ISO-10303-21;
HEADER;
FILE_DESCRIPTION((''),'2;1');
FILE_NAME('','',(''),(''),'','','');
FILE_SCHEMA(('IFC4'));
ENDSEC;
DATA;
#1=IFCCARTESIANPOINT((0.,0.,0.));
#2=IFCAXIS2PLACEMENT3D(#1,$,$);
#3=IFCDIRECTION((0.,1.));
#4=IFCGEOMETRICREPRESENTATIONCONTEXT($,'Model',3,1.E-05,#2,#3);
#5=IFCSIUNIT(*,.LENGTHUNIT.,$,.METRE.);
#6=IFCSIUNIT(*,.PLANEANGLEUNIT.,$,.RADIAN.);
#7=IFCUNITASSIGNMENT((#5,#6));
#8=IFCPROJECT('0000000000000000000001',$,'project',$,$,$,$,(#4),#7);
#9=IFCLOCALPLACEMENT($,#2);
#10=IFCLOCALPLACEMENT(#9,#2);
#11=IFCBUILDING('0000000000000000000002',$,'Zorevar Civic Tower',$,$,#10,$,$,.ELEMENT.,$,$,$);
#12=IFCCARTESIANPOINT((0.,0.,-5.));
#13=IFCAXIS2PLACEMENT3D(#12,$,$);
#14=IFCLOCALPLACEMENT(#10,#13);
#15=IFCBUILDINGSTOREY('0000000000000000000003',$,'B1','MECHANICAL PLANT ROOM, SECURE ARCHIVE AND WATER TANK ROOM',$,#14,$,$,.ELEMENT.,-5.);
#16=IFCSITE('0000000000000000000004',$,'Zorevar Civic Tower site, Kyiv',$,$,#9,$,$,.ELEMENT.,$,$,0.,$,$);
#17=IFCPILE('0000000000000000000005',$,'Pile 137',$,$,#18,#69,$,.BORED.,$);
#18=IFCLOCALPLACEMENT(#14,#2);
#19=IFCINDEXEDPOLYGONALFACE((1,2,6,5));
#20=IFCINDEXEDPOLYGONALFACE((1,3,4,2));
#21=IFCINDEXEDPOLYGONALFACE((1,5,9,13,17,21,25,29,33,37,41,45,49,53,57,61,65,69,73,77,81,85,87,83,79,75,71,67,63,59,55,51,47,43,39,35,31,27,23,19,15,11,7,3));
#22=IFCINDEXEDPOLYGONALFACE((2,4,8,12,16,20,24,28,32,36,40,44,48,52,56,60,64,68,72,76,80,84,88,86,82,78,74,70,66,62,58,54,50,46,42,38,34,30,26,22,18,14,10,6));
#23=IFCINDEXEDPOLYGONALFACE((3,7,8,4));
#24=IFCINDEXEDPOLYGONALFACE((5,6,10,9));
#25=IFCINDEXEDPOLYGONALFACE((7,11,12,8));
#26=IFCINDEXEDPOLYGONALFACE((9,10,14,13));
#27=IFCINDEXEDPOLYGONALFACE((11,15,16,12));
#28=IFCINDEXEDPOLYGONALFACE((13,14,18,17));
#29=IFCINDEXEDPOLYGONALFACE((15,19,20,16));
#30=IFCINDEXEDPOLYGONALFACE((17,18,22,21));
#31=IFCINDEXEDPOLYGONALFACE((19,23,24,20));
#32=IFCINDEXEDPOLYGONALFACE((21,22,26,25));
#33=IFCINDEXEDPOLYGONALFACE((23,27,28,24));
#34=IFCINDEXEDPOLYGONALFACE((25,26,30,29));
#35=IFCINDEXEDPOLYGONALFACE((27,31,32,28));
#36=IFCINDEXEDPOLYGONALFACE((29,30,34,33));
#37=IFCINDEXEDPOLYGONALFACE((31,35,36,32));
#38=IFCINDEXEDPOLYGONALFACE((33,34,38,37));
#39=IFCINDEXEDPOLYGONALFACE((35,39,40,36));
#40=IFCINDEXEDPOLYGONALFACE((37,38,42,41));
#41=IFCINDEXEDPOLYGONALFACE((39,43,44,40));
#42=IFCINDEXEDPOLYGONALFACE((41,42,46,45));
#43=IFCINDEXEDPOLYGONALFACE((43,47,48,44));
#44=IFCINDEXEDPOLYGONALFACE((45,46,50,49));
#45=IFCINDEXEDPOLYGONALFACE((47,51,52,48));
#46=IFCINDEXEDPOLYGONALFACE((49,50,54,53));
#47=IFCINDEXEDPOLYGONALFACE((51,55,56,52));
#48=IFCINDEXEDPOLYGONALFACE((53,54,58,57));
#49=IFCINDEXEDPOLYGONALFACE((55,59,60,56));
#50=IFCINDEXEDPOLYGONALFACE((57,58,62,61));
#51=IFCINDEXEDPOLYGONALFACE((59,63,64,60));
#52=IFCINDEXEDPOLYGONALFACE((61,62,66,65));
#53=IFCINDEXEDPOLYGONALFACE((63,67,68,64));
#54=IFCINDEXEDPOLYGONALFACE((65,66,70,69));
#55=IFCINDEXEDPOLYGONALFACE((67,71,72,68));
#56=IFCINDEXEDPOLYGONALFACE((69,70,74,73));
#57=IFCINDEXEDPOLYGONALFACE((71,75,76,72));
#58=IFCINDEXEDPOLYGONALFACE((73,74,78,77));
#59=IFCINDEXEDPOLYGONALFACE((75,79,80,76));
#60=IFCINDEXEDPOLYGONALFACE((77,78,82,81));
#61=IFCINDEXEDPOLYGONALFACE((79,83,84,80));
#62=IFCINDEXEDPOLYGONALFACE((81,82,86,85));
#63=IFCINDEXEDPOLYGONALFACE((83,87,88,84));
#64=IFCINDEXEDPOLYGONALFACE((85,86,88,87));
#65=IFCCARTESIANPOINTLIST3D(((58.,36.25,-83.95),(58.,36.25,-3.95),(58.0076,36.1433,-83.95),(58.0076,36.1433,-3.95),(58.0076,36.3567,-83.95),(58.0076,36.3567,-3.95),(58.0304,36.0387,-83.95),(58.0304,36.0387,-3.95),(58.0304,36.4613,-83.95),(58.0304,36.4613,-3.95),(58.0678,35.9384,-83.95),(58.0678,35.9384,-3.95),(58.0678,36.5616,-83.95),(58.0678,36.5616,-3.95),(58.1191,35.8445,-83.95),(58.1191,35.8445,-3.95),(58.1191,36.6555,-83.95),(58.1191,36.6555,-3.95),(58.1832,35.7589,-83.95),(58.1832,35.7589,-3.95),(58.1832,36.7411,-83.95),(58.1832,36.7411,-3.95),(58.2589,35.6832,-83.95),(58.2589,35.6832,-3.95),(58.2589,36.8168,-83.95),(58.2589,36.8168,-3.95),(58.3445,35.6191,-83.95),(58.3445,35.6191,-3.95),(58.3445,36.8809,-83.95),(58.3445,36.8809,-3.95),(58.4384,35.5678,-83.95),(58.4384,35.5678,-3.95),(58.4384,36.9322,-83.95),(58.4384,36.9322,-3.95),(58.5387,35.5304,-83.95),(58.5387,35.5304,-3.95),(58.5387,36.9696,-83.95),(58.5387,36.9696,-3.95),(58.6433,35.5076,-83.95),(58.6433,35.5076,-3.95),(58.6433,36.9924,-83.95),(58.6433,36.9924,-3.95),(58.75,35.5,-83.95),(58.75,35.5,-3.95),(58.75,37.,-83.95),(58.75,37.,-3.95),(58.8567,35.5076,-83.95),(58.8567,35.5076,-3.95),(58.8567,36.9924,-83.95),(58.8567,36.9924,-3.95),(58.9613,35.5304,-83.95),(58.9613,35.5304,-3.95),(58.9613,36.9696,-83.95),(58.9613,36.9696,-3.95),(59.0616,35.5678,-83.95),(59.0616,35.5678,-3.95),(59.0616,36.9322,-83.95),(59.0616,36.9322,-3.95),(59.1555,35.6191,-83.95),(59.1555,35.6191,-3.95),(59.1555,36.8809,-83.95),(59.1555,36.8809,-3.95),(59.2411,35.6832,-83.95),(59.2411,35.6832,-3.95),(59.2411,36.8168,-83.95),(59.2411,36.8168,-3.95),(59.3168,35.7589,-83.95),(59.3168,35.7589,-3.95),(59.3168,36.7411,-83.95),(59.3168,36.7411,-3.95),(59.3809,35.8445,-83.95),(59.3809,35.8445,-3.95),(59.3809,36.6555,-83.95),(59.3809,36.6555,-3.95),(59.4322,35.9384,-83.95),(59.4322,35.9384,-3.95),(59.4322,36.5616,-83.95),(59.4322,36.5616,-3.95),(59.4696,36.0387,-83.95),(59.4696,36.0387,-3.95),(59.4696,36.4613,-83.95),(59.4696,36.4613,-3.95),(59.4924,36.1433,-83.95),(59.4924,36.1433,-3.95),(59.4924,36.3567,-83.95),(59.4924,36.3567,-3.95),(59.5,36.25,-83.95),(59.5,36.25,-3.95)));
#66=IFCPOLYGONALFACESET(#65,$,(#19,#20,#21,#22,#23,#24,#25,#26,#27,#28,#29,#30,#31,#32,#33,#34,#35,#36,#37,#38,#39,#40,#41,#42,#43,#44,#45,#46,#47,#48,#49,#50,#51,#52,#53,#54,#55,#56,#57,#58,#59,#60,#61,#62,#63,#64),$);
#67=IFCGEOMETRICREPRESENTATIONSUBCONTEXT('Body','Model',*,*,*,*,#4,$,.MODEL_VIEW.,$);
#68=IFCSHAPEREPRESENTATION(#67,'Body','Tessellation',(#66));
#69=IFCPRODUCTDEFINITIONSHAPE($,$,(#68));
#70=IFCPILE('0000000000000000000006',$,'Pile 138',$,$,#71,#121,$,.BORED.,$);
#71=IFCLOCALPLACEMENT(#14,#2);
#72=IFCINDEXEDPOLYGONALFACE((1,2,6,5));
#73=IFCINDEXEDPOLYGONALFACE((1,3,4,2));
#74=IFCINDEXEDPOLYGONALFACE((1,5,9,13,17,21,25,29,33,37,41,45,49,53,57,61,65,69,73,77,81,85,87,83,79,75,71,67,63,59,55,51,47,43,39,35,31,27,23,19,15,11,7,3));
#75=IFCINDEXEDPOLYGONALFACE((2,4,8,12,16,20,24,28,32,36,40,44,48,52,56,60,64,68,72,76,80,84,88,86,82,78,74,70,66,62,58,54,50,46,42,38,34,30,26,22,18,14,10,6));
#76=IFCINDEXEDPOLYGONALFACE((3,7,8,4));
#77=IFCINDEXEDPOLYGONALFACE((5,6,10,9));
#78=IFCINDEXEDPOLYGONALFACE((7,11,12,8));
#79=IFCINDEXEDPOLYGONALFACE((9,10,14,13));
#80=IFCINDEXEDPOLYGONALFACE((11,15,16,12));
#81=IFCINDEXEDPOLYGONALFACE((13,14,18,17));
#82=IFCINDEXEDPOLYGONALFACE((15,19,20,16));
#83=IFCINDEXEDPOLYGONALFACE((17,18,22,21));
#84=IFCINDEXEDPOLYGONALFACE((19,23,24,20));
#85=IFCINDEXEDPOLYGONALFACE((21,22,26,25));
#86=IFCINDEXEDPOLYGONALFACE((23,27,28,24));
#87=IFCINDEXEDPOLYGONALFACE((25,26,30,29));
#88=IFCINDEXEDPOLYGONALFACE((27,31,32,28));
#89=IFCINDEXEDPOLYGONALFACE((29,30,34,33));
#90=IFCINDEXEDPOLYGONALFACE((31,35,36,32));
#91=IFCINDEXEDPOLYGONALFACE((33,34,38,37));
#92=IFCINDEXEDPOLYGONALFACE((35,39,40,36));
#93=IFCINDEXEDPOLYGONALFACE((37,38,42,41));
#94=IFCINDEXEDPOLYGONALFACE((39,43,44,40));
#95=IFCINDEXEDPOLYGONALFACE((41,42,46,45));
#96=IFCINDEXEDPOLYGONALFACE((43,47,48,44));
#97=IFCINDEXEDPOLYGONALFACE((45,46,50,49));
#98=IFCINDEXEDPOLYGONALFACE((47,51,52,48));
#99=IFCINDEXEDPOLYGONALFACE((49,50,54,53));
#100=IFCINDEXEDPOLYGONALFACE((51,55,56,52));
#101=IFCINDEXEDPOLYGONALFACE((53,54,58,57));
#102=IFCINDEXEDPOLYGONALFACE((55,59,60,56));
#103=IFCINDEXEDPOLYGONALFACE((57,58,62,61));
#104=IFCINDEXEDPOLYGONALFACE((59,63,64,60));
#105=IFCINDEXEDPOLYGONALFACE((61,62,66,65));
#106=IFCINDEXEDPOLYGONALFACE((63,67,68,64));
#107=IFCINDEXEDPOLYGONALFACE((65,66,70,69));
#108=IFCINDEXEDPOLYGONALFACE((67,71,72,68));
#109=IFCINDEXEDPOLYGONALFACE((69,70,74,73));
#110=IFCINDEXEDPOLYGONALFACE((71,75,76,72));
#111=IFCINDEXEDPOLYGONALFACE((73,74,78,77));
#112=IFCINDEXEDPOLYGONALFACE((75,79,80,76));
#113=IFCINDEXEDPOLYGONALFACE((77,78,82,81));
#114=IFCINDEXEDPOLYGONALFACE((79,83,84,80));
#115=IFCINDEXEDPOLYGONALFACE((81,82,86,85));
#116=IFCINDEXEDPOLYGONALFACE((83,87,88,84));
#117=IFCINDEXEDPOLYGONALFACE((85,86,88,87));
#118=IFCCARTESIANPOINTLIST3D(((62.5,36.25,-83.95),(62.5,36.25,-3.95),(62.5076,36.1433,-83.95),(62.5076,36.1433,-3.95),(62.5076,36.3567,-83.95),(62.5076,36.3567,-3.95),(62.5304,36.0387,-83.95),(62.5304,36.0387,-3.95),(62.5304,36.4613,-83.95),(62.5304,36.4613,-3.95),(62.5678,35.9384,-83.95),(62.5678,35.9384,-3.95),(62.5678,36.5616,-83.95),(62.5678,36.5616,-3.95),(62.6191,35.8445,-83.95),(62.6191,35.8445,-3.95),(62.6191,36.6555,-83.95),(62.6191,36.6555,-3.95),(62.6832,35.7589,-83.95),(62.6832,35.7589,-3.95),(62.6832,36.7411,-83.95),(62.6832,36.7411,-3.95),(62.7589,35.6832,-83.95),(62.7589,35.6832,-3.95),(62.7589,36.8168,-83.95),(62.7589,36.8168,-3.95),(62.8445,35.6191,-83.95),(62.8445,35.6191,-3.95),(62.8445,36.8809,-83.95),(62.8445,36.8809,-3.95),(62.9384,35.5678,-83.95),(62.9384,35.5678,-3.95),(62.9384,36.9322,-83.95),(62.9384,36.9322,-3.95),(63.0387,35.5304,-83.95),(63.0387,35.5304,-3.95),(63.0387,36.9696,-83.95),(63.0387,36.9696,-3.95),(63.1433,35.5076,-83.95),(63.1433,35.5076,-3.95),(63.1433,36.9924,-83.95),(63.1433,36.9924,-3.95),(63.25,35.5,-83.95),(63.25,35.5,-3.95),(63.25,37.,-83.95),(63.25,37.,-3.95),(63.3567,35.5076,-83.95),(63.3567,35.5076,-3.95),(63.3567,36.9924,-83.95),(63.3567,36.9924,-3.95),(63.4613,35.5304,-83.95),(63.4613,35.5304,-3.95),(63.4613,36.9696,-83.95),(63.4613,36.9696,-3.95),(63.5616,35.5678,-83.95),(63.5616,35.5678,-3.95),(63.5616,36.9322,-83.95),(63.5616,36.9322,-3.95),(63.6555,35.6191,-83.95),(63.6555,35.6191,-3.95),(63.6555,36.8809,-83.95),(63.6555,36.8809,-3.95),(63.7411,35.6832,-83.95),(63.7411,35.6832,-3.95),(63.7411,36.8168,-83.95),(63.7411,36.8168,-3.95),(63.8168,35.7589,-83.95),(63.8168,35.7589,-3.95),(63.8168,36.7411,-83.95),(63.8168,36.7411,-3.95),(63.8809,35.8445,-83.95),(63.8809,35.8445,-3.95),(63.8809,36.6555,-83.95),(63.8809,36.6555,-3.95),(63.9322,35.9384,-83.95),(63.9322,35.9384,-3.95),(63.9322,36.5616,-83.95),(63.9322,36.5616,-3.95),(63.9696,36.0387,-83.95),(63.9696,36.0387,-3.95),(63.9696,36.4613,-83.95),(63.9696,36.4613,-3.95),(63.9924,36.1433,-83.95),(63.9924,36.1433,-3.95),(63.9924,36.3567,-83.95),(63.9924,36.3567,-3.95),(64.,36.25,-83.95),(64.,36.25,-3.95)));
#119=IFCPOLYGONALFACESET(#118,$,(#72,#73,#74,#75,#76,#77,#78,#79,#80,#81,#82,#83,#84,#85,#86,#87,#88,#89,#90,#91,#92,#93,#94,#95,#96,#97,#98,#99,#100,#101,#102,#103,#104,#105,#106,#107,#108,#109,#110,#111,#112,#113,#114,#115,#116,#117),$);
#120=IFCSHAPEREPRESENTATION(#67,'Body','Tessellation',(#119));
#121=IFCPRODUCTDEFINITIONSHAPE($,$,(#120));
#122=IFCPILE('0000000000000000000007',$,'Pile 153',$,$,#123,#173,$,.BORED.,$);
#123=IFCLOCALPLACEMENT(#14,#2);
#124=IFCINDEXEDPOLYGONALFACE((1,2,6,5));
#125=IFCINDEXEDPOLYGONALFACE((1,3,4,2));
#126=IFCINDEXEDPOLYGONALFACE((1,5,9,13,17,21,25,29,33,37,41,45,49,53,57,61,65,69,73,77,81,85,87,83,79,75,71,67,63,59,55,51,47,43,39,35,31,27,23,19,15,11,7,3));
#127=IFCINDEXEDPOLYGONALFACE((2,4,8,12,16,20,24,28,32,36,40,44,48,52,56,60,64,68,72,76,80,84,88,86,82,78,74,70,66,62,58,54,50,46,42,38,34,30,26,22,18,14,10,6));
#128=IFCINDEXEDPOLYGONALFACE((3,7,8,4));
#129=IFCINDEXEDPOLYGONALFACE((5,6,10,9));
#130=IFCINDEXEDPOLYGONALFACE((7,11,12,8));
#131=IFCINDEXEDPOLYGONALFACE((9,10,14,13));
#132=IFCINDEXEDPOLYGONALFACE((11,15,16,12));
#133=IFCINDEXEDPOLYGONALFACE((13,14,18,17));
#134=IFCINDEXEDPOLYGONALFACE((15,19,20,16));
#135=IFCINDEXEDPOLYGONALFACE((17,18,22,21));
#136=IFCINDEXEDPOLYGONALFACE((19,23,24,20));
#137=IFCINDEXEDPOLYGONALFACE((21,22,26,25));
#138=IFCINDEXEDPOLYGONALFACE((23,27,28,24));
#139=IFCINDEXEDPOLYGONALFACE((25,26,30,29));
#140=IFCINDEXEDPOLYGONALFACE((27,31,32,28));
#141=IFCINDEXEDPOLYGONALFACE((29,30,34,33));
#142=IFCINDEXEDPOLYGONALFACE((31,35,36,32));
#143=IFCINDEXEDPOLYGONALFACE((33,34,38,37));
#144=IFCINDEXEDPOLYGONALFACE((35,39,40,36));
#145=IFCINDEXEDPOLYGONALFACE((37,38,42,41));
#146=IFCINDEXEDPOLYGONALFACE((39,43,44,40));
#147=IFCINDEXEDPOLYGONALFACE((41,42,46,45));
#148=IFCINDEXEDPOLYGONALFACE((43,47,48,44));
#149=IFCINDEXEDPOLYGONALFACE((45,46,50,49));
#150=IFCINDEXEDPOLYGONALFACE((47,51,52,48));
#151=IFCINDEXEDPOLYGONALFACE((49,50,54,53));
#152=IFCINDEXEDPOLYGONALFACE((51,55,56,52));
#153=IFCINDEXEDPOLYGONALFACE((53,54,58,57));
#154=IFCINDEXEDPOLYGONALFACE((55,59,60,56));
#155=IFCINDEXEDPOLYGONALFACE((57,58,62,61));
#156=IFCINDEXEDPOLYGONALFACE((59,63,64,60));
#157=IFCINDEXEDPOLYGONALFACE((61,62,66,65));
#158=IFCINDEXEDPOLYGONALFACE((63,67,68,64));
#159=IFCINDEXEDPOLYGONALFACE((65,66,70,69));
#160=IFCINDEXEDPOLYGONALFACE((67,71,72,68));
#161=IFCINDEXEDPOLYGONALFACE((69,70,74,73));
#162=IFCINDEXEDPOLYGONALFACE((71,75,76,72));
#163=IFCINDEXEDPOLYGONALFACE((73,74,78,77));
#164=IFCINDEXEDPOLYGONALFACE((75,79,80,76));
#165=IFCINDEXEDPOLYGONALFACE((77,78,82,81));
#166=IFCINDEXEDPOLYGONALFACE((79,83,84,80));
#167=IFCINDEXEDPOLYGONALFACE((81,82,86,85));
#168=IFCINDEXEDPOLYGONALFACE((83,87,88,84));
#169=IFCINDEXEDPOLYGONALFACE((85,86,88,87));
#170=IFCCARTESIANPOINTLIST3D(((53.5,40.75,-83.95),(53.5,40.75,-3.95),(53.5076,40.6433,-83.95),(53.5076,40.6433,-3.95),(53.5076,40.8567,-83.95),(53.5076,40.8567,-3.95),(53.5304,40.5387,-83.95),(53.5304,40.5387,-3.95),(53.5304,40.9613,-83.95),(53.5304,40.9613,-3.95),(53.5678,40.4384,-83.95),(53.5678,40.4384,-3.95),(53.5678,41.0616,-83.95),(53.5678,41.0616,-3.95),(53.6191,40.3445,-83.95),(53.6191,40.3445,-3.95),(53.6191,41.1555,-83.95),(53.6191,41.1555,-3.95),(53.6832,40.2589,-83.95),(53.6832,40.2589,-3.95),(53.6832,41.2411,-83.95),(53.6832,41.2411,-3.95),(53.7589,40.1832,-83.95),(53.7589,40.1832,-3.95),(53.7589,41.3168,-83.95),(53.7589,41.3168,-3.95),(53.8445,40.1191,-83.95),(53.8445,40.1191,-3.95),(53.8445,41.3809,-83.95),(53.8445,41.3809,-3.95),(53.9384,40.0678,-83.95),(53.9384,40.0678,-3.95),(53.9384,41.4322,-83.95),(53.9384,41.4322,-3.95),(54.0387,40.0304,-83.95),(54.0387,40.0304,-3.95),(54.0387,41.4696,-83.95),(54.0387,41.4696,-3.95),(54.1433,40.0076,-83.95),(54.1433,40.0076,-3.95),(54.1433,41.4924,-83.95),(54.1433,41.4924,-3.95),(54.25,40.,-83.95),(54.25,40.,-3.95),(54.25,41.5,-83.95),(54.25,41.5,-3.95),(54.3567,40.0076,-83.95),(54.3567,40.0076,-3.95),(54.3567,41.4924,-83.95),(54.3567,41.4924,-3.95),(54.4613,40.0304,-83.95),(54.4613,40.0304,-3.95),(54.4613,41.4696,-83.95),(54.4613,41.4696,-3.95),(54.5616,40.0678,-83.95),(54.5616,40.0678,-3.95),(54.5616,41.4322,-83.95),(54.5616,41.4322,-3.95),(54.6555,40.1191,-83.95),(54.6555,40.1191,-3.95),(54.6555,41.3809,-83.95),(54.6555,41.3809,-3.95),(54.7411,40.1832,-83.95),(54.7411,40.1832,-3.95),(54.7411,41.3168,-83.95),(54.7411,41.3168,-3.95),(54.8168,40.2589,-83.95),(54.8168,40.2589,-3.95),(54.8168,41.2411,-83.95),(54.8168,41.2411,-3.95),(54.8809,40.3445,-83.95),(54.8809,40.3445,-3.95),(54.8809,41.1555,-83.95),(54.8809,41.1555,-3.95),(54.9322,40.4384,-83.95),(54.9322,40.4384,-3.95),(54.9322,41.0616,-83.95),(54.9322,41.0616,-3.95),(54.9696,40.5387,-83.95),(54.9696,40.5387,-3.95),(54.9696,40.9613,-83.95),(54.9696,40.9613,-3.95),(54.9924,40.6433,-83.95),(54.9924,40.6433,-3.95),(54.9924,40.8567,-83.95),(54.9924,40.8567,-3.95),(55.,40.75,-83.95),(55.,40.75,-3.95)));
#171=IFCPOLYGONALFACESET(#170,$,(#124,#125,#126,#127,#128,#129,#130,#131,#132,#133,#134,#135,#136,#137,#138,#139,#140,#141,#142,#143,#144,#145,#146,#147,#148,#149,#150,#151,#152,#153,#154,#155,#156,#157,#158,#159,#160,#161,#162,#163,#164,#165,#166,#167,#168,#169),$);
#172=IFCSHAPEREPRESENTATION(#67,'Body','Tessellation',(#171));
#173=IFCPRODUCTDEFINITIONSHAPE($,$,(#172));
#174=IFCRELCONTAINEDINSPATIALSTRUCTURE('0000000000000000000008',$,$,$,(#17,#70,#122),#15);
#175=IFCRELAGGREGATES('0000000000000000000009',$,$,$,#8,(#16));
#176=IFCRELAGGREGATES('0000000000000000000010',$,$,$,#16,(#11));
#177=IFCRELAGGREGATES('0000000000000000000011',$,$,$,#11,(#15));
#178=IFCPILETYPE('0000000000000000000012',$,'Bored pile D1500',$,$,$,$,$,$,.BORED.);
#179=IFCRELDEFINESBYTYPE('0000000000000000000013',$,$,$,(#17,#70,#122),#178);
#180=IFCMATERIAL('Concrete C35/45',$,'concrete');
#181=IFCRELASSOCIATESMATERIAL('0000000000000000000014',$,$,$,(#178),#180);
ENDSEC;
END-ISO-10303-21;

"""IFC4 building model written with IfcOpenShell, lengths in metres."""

from ifc_helpers import new_model, si_unit, direction, frame, origin, origin_2d, place, context, subcontext, project, spatial, circle, extrude, material, type_object, element, save


model = new_model("IFC4")

# Units and contexts
model_context = context("Model", 3, precision=1e-05, world=origin(), true_north=direction((0.0, 1.0)))
body_context = subcontext(model_context, "Body", "Model", "MODEL_VIEW")
ifc_project = project(units=[si_unit("LENGTHUNIT", "METRE"), si_unit("PLANEANGLEUNIT", "RADIAN")], contexts=[model_context])

# Site, building, storey
site_placement = place(None, origin())
site = spatial("IfcSite", under=ifc_project, at=site_placement, Name="Zorevar Civic Tower site, Kyiv", CompositionType="ELEMENT", RefElevation=0.0)
building_placement = place(site_placement, origin())
building = spatial("IfcBuilding", under=site, at=building_placement, Name="Zorevar Civic Tower", CompositionType="ELEMENT")
storey_placement = place(building_placement, frame((0.0, 0.0, -5.0)))
storey = spatial("IfcBuildingStorey", under=building, at=storey_placement, Name="B1", Description="MECHANICAL PLANT ROOM, SECURE ARCHIVE AND WATER TANK ROOM", CompositionType="ELEMENT", Elevation=-5.0)

# Piles
ifc_material_1 = material(Name="Concrete C35/45", Category="concrete")
pile_type_1 = type_object("IfcPileType", Name="Bored pile D1500", PredefinedType="BORED", material=ifc_material_1)
for number, where, z_axis, x_axis, name in (
    (1, (58.75, 36.25, -3.95), (0.0, 0.0, -1.0), (1.0, 0.0, 0.0), "Pile 137"),
    (2, (63.25, 36.25, -3.95), (0.0, 0.0, -1.0), (1.0, 0.0, 0.0), "Pile 138"),
    (3, (54.25, 40.75, -3.95), (0.0, 0.0, -1.0), (1.0, 0.0, 0.0), "Pile 153"),
):
    element("IfcPile", number, at=place(storey_placement, frame(where, z_axis=z_axis, x_axis=x_axis)), inside=storey, type_object=pile_type_1, Name=name, PredefinedType="BORED", context=body_context, shape_type="SweptSolid", body=[
        extrude(circle(Radius=0.75, at=origin_2d()), origin(), (0.0, 0.0, 1.0), 80.0),
    ])

save(model, "model.ifc")
